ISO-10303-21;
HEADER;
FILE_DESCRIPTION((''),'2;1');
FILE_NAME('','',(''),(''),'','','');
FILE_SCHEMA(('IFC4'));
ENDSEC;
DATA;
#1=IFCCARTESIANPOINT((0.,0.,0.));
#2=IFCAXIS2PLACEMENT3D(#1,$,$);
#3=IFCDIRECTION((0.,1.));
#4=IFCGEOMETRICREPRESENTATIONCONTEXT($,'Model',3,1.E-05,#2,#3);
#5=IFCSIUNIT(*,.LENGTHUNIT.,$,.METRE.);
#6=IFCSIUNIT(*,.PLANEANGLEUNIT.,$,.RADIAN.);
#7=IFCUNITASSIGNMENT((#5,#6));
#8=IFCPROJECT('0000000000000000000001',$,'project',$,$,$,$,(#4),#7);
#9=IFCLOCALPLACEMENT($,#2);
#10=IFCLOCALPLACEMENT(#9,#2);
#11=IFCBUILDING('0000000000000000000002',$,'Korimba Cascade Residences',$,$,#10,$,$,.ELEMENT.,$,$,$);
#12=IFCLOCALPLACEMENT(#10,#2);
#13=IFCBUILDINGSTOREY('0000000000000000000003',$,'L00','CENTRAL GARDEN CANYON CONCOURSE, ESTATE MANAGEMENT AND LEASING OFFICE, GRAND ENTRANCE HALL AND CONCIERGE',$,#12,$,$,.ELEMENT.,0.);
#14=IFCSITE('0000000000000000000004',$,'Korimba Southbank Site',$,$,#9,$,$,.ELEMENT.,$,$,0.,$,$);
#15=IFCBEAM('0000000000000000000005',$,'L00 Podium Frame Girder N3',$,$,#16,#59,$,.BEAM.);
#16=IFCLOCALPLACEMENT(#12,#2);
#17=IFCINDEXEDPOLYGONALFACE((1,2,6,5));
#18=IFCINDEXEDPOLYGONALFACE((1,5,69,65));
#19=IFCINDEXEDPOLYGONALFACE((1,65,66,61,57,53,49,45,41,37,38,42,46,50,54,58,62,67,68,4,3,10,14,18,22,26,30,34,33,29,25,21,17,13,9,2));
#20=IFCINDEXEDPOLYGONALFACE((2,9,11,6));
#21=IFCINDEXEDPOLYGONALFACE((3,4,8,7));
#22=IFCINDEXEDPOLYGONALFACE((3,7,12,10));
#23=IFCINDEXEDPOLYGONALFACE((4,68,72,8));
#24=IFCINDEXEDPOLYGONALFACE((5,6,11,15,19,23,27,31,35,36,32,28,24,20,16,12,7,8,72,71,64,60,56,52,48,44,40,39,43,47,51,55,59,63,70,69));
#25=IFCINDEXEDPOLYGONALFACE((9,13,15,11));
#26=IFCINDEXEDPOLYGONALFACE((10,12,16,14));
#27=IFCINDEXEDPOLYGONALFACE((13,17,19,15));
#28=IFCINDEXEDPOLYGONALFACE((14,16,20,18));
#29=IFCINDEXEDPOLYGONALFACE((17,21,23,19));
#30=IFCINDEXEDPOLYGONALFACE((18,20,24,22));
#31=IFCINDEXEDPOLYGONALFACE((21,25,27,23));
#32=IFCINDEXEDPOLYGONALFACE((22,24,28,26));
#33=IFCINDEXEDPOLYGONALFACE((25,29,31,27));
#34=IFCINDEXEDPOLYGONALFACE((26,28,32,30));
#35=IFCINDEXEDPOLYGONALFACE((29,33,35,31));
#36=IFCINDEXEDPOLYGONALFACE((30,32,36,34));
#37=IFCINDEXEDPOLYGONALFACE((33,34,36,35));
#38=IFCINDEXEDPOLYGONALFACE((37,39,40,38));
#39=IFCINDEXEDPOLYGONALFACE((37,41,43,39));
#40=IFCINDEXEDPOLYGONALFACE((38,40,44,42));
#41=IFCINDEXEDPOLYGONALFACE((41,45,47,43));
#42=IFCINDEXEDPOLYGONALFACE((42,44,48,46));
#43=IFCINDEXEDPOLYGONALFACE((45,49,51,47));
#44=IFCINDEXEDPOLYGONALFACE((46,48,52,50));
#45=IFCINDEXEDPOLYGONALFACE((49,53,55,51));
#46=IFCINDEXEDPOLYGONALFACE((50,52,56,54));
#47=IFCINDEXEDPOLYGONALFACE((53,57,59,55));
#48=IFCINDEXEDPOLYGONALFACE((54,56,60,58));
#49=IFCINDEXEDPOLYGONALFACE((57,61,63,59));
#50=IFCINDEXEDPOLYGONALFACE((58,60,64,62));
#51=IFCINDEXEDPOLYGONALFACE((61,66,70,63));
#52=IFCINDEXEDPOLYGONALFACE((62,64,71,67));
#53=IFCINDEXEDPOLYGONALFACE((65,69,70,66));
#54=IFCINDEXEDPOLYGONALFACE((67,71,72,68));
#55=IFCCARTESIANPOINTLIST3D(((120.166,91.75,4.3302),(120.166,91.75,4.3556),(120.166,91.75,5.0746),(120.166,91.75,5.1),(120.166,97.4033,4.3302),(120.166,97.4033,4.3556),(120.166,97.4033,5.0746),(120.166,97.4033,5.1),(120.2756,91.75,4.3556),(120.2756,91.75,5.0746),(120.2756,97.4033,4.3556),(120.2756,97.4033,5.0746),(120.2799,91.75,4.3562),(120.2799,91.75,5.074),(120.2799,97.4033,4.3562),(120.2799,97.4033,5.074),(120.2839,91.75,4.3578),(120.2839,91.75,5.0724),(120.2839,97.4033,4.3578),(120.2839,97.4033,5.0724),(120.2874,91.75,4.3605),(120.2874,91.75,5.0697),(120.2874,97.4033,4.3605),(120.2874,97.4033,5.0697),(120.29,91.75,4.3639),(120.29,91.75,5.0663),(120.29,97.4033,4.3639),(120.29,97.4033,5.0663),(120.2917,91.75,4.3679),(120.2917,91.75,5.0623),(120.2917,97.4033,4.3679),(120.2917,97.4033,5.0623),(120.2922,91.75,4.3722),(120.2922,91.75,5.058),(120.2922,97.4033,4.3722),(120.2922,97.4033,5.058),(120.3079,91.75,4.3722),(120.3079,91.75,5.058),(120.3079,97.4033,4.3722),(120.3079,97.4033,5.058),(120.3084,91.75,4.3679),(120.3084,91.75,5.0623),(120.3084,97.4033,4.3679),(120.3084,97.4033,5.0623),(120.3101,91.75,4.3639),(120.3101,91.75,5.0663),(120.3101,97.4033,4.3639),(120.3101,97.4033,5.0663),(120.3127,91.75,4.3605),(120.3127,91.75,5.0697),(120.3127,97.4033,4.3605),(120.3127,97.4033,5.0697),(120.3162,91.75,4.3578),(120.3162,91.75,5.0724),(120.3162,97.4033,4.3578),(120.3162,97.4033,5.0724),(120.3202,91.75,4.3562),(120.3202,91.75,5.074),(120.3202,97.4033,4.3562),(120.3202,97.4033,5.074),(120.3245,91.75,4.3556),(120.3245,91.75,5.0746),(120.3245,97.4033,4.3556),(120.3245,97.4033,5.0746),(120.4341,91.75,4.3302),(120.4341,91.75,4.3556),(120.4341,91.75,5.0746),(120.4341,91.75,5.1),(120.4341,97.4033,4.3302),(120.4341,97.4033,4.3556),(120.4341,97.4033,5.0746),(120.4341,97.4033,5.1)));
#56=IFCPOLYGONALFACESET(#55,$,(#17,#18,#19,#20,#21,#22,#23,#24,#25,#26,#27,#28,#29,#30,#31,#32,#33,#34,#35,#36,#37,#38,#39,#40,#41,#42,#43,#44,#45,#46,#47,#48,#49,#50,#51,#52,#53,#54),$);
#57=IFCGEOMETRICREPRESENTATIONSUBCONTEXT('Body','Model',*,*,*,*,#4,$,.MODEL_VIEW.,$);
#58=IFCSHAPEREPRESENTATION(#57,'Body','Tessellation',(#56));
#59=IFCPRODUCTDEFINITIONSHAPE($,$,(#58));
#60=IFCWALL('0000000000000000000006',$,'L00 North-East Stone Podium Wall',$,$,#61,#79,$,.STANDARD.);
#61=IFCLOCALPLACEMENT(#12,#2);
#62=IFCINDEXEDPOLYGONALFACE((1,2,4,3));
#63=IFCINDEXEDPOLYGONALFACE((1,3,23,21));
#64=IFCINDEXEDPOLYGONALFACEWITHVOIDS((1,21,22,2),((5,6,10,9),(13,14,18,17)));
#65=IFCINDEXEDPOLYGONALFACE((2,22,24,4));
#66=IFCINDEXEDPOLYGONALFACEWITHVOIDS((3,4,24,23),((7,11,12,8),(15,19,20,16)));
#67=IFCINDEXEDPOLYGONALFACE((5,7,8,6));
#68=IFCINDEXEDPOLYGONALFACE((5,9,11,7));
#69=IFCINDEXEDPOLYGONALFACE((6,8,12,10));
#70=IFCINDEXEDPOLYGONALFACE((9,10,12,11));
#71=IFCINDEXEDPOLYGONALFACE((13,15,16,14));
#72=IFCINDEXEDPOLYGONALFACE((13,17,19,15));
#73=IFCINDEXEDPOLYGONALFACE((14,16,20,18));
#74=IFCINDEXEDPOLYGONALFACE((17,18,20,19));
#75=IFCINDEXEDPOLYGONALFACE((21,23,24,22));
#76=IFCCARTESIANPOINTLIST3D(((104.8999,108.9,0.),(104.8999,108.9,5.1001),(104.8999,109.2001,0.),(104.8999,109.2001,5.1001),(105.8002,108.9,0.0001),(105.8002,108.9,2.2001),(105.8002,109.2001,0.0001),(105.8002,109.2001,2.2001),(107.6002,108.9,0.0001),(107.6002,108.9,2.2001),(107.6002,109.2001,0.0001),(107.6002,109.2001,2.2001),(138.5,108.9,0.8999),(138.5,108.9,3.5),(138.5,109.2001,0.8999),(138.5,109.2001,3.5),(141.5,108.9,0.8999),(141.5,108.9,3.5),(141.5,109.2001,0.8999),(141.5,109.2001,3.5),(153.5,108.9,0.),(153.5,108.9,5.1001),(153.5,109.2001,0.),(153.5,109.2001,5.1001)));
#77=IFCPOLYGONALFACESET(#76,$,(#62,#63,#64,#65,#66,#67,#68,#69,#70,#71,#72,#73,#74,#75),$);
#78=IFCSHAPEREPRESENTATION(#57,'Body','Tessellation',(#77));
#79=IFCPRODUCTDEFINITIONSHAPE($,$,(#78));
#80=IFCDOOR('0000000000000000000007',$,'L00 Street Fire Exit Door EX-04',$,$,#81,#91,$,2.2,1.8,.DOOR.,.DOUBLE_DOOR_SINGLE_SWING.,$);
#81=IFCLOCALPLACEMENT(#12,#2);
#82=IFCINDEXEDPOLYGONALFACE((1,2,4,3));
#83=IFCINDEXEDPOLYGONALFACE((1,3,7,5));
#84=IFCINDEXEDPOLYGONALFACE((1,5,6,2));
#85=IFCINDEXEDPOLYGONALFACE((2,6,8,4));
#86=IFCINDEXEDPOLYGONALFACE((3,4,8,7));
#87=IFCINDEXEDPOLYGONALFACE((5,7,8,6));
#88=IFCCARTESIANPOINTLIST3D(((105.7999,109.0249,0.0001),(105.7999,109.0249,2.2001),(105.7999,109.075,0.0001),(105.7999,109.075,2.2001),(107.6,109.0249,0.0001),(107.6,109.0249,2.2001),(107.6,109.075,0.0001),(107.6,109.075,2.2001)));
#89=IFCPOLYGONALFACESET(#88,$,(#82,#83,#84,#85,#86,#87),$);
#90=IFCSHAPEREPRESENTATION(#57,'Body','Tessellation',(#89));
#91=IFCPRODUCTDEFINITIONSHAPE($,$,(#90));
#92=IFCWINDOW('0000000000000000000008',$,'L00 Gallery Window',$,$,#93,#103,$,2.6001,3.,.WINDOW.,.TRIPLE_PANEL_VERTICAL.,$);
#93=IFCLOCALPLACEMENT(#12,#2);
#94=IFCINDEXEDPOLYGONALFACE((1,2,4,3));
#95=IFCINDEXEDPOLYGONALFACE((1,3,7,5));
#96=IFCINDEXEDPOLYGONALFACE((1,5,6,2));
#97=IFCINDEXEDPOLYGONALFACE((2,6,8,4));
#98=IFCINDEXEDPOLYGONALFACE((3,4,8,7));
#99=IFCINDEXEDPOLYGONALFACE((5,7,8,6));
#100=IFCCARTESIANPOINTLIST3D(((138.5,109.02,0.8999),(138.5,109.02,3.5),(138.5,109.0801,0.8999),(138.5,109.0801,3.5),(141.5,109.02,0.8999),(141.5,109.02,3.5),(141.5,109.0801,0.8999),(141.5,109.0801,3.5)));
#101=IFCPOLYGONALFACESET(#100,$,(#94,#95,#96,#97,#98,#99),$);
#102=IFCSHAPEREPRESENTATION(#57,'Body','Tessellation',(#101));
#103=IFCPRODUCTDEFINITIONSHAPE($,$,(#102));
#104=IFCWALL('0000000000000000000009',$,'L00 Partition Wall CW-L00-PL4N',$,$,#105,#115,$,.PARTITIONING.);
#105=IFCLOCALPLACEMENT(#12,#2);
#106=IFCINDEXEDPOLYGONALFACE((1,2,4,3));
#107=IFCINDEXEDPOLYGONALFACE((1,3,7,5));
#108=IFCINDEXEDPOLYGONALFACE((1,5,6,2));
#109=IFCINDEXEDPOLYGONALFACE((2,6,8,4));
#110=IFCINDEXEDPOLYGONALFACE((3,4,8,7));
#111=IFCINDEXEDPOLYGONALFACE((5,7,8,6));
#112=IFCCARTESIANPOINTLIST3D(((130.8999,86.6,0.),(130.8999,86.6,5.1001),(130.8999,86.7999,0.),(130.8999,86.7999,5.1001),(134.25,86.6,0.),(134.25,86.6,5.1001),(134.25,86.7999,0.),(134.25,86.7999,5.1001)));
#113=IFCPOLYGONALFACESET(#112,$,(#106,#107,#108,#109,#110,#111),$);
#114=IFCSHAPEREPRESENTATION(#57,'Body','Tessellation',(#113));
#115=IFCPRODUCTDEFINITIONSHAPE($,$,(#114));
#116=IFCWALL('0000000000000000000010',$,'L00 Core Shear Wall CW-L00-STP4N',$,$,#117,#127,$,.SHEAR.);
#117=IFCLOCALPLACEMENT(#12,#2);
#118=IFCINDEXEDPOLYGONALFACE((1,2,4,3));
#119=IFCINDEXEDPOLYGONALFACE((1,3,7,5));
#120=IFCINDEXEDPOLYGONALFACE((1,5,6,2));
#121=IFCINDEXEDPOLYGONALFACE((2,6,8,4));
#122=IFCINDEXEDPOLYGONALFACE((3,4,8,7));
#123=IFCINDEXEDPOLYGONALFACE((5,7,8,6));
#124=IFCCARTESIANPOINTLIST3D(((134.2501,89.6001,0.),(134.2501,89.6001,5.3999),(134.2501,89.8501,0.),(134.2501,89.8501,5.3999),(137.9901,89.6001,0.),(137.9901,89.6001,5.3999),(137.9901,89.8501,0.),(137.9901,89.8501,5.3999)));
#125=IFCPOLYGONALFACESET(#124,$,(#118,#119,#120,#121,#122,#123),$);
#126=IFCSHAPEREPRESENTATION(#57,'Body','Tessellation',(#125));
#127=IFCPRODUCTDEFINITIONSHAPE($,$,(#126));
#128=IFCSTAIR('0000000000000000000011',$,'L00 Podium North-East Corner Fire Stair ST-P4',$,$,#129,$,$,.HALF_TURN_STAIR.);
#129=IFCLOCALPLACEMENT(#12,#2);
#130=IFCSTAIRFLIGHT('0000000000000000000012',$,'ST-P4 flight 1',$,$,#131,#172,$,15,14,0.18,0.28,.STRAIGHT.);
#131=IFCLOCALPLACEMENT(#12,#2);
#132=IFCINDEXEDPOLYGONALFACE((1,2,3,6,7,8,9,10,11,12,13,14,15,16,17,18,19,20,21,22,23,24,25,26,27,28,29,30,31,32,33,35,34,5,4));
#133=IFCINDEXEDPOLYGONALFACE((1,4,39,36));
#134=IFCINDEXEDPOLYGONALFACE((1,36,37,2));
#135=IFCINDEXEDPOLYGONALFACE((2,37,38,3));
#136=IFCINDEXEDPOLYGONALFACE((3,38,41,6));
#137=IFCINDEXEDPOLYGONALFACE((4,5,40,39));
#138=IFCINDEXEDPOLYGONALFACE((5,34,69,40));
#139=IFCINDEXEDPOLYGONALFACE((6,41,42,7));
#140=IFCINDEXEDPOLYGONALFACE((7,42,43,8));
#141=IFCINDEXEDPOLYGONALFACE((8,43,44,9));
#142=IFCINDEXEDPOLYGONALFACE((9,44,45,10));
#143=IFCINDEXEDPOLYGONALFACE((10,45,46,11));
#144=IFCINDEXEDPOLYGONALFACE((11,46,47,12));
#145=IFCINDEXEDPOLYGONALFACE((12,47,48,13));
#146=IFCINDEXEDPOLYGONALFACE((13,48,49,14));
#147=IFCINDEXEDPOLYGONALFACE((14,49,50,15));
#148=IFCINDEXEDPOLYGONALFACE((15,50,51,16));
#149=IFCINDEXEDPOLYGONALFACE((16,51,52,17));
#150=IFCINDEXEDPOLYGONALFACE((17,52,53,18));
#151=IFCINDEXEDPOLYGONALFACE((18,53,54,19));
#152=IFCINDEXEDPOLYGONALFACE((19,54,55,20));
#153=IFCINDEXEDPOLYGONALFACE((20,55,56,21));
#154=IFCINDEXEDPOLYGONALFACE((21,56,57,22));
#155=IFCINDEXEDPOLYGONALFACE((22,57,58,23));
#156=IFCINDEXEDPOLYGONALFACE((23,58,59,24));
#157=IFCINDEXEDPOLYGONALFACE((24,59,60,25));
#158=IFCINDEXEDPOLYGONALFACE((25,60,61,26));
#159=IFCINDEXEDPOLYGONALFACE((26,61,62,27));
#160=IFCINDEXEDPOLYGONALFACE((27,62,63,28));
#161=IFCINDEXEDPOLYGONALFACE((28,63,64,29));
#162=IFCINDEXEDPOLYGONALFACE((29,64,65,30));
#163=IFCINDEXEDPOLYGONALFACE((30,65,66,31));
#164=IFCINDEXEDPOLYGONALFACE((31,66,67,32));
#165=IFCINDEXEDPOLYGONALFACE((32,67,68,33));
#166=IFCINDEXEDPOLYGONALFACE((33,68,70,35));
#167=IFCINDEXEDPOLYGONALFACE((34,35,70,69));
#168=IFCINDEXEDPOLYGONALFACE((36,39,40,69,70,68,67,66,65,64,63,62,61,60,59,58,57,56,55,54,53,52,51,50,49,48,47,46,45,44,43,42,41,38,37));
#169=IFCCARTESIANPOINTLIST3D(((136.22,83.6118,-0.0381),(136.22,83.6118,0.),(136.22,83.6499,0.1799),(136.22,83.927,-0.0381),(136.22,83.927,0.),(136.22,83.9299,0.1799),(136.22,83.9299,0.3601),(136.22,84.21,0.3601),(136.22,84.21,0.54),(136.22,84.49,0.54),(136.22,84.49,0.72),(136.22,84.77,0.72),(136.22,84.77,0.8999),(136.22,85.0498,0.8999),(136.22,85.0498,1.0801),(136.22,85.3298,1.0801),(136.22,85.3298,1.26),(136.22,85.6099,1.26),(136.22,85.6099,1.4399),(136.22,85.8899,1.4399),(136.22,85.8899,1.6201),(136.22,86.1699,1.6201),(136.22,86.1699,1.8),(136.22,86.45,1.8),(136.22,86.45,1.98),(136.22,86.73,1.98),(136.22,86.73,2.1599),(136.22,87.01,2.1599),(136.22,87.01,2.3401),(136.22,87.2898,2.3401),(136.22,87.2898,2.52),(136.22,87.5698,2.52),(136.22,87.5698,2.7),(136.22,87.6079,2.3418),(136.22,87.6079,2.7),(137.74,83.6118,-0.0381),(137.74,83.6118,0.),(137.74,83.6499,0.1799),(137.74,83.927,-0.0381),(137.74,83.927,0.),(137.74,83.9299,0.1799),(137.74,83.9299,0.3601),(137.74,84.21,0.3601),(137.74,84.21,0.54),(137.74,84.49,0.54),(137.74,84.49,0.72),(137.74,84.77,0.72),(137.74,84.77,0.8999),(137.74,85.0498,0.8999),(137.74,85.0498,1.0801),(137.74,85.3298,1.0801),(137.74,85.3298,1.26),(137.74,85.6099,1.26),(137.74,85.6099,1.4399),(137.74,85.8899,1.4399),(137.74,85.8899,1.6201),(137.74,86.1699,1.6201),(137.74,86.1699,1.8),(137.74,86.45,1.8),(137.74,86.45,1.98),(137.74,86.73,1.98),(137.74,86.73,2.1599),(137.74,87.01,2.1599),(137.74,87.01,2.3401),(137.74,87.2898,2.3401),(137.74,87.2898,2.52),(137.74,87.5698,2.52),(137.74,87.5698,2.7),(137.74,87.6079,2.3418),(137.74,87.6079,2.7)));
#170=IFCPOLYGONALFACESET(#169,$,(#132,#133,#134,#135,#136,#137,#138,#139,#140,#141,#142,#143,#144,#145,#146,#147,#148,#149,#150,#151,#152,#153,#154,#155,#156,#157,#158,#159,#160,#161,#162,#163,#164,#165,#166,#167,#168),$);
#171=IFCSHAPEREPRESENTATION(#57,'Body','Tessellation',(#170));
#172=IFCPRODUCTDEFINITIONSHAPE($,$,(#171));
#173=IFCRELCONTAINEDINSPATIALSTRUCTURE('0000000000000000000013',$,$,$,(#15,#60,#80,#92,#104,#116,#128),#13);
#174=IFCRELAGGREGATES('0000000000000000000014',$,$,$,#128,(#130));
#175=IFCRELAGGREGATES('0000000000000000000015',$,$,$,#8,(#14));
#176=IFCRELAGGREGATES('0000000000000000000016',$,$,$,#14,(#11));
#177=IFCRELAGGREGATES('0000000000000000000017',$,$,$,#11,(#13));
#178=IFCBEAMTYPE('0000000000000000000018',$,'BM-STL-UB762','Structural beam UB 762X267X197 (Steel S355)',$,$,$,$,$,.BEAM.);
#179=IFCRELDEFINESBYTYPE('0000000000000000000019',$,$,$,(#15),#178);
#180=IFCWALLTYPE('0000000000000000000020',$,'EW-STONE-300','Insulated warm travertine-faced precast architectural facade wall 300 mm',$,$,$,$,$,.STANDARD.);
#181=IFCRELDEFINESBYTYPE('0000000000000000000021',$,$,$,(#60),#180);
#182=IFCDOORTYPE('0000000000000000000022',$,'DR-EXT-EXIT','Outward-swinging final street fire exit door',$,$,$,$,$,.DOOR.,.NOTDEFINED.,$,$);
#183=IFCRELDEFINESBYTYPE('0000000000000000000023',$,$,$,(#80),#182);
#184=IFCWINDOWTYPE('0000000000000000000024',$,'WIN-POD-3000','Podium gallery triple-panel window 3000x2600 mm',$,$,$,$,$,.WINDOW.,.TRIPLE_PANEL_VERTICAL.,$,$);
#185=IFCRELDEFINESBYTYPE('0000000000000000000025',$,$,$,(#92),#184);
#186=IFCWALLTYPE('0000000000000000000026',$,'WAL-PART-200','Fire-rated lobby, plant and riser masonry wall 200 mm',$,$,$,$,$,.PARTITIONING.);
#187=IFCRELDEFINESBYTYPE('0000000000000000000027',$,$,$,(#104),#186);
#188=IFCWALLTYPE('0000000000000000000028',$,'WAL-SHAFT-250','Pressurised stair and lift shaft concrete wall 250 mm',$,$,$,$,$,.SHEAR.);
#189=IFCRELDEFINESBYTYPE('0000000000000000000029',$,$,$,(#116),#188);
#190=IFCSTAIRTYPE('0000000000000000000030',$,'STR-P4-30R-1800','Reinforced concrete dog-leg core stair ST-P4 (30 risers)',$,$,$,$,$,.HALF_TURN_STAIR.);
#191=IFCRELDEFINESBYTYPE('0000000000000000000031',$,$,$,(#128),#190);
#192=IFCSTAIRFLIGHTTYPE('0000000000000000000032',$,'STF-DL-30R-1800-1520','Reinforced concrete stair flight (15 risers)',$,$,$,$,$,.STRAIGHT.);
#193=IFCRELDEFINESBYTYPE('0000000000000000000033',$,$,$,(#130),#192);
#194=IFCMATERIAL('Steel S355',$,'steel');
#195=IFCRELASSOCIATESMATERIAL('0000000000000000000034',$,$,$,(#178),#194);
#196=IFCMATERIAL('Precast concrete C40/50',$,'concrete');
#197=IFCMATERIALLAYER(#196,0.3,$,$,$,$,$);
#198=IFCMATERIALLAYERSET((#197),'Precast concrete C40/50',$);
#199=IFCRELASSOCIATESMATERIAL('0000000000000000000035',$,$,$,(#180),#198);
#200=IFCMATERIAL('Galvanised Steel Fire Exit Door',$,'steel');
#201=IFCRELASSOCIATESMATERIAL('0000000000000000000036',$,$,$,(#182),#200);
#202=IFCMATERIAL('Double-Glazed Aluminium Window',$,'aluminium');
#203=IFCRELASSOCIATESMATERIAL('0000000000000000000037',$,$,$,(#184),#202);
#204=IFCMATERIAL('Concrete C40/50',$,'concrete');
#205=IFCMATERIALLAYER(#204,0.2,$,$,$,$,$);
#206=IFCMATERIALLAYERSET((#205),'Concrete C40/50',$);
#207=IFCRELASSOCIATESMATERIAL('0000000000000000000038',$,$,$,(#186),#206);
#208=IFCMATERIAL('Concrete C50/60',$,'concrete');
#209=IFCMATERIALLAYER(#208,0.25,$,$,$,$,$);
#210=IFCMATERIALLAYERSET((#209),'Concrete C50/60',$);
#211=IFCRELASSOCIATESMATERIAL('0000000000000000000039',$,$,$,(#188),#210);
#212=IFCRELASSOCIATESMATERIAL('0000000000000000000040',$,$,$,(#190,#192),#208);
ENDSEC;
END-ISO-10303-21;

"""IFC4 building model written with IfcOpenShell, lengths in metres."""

from ifc_helpers import new_model, si_unit, direction, frame, frame_2d, origin, origin_2d, place, context, subcontext, project, spatial, polyline, rectangle, i_section, outline, extrude, material, layer, layer_set, material_profile, profile_set, type_object, element, fill, aggregate, save


model = new_model("IFC4")

# Units and contexts
model_context = context("Model", 3, precision=1e-05, world=origin(), true_north=direction((0.0, 1.0)))
body_context = subcontext(model_context, "Body", "Model", "MODEL_VIEW")
ifc_project = project(units=[si_unit("LENGTHUNIT", "METRE"), si_unit("PLANEANGLEUNIT", "RADIAN")], contexts=[model_context])

# Site, building, storey
site_placement = place(None, origin())
site = spatial("IfcSite", under=ifc_project, at=site_placement, Name="Korimba Southbank Site", CompositionType="ELEMENT", RefElevation=0.0)
building_placement = place(site_placement, origin())
building = spatial("IfcBuilding", under=site, at=building_placement, Name="Korimba Cascade Residences", CompositionType="ELEMENT")
storey_placement = place(building_placement, origin())
storey = spatial("IfcBuildingStorey", under=building, at=storey_placement, Name="L00", Description="CENTRAL GARDEN CANYON CONCOURSE, ESTATE MANAGEMENT AND LEASING OFFICE, GRAND ENTRANCE HALL AND CONCIERGE", CompositionType="ELEMENT", Elevation=0.0)

# Shared definitions
ifc_material_1 = material(Name="Steel S355", Category="steel")

# Beam
ifc_material_2 = material(Name="Concrete C50/60", Category="concrete")
ifc_material_profile_1 = material_profile(ifc_material_1, i_section(OverallWidth=0.2681, OverallDepth=0.7698, WebThickness=0.0156, FlangeThickness=0.0254, FilletRadius=0.0166, at=origin_2d()), Name="Steel S355")
ifc_profile_set_1 = profile_set([ifc_material_profile_1], Name="Steel S355")
beam_type_1 = type_object("IfcBeamType", Name="BM-STL-UB762", Description="Structural beam UB 762X267X197 (Steel S355)", PredefinedType="BEAM", material=ifc_profile_set_1)
beam_1_placement = place(storey_placement, frame((120.3, 91.75, 4.7151), z_axis=(0.0, 1.0, 0.0), x_axis=(-1.0, 0.0, 0.0)))
element("IfcBeam", 1, at=beam_1_placement, inside=storey, type_object=beam_type_1, Name="L00 Podium Frame Girder N3", PredefinedType="BEAM", context=body_context, shape_type="SweptSolid", body=[
    extrude(i_section(OverallWidth=0.2681, OverallDepth=0.7698, WebThickness=0.0156, FlangeThickness=0.0254, FilletRadius=0.0166, at=origin_2d()), origin(), (0.0, 0.0, 1.0), 5.6533),
])

# Wall, openings, door, window
ifc_material_3 = material(Name="Precast concrete C40/50", Category="concrete")
ifc_layer_1 = layer(ifc_material_3, 0.3)
ifc_layer_set_1 = layer_set([ifc_layer_1], Name="Precast concrete C40/50")
wall_type_1 = type_object("IfcWallType", Name="EW-STONE-300", Description="Insulated warm travertine-faced precast architectural facade wall 300 mm", PredefinedType="STANDARD", material=ifc_layer_set_1)
wall_1_placement = place(storey_placement, frame((153.5, 109.05, 0.0), z_axis=(0.0, 0.0, 1.0), x_axis=(-1.0, 0.0, 0.0)))
wall_1 = element("IfcWall", 2, at=wall_1_placement, inside=storey, type_object=wall_type_1, Name="L00 North-East Stone Podium Wall", PredefinedType="STANDARD", context=body_context, shape_type="SweptSolid", body=[
    extrude(rectangle(XDim=48.6001, YDim=0.3, at=frame_2d((24.3, 0.0))), origin(), (0.0, 0.0, 1.0), 5.1001),
])
opening_1_placement = place(wall_1_placement, frame((45.8999, 0.0, 0.0)))
opening_1 = element("IfcOpeningElement", 3, at=opening_1_placement, cuts=wall_1, PredefinedType="OPENING", context=body_context, shape_type="SweptSolid", body=[
    extrude(rectangle(XDim=1.8, YDim=2.2, at=frame_2d((0.8999, 1.1001))), frame((0.0, 0.1602, 0.0), z_axis=(0.0, -1.0, 0.0), x_axis=(1.0, 0.0, 0.0)), (0.0, 0.0, 1.0), 0.3201),
])
opening_2_placement = place(wall_1_placement, frame((12.0, 0.0, 0.8999)))
opening_2 = element("IfcOpeningElement", 4, at=opening_2_placement, cuts=wall_1, PredefinedType="OPENING", context=body_context, shape_type="SweptSolid", body=[
    extrude(rectangle(XDim=3.0, YDim=2.6001, at=frame_2d((1.5, 1.3))), frame((0.0, 0.1602, 0.0), z_axis=(0.0, -1.0, 0.0), x_axis=(1.0, 0.0, 0.0)), (0.0, 0.0, 1.0), 0.3201),
])
ifc_material_4 = material(Name="Galvanised Steel Fire Exit Door", Category="steel")
door_type = type_object("IfcDoorType", Name="DR-EXT-EXIT", Description="Outward-swinging final street fire exit door", OperationType="NOTDEFINED", PredefinedType="DOOR", material=ifc_material_4)
door_placement = place(opening_1_placement, frame((1.8, 0.0, 0.0), z_axis=(0.0, 0.0, 1.0), x_axis=(-1.0, 0.0, 0.0)))
door = element("IfcDoor", 5, at=door_placement, inside=storey, type_object=door_type, Name="L00 Street Fire Exit Door EX-04", OperationType="DOUBLE_DOOR_SINGLE_SWING", OverallHeight=2.2, OverallWidth=1.8, PredefinedType="DOOR", context=body_context, shape_type="SweptSolid", body=[
    extrude(rectangle(XDim=1.8, YDim=2.2, at=frame_2d((0.8999, 1.1001))), frame((0.0, 0.0249, 0.0), z_axis=(0.0, -1.0, 0.0), x_axis=(1.0, 0.0, 0.0)), (0.0, 0.0, 1.0), 0.05),
])
fill(opening_1, door)
ifc_material_5 = material(Name="Double-Glazed Aluminium Window", Category="aluminium")
window_type = type_object("IfcWindowType", Name="WIN-POD-3000", Description="Podium gallery triple-panel window 3000x2600 mm", PartitioningType="TRIPLE_PANEL_VERTICAL", PredefinedType="WINDOW", material=ifc_material_5)
window_placement = place(opening_2_placement, origin())
window = element("IfcWindow", 6, at=window_placement, inside=storey, type_object=window_type, Name="L00 Gallery Window", OverallHeight=2.6001, OverallWidth=3.0, PartitioningType="TRIPLE_PANEL_VERTICAL", PredefinedType="WINDOW", context=body_context, shape_type="SweptSolid", body=[
    extrude(rectangle(XDim=3.0, YDim=2.6001, at=frame_2d((1.5, 1.3))), frame((0.0, 0.03, 0.0), z_axis=(0.0, -1.0, 0.0), x_axis=(1.0, 0.0, 0.0)), (0.0, 0.0, 1.0), 0.0601),
])
fill(opening_2, window)

# Walls
ifc_material_6 = material(Name="Concrete C40/50", Category="concrete")
ifc_layer_2 = layer(ifc_material_6, 0.2)
ifc_layer_set_2 = layer_set([ifc_layer_2], Name="Concrete C40/50")
wall_type_2 = type_object("IfcWallType", Name="WAL-PART-200", Description="Fire-rated lobby, plant and riser masonry wall 200 mm", PredefinedType="PARTITIONING", material=ifc_layer_set_2)
wall_2_placement = place(storey_placement, frame((130.8999, 86.7, 0.0), z_axis=(0.0, 0.0, 1.0), x_axis=(1.0, 0.0, 0.0)))
element("IfcWall", 7, at=wall_2_placement, inside=storey, type_object=wall_type_2, Name="L00 Partition Wall CW-L00-PL4N", PredefinedType="PARTITIONING", context=body_context, shape_type="SweptSolid", body=[
    extrude(rectangle(XDim=3.3501, YDim=0.2, at=frame_2d((1.675, 0.0))), origin(), (0.0, 0.0, 1.0), 5.1001),
])
ifc_layer_3 = layer(ifc_material_2, 0.25)
ifc_layer_set_3 = layer_set([ifc_layer_3], Name="Concrete C50/60")
wall_type_3 = type_object("IfcWallType", Name="WAL-SHAFT-250", Description="Pressurised stair and lift shaft concrete wall 250 mm", PredefinedType="SHEAR", material=ifc_layer_set_3)
wall_3_placement = place(storey_placement, frame((134.25, 89.7251, 0.0), z_axis=(0.0, 0.0, 1.0), x_axis=(1.0, 0.0, 0.0)))
element("IfcWall", 8, at=wall_3_placement, inside=storey, type_object=wall_type_3, Name="L00 Core Shear Wall CW-L00-STP4N", PredefinedType="SHEAR", context=body_context, shape_type="SweptSolid", body=[
    extrude(rectangle(XDim=3.74, YDim=0.25, at=frame_2d((1.8701, 0.0))), origin(), (0.0, 0.0, 1.0), 5.3999),
])

# Stair, stair flight
stair_type = type_object("IfcStairType", Name="STR-P4-30R-1800", Description="Reinforced concrete dog-leg core stair ST-P4 (30 risers)", PredefinedType="HALF_TURN_STAIR", material=ifc_material_2)
stair_placement = place(storey_placement, origin())
stair = element("IfcStair", 9, at=stair_placement, inside=storey, type_object=stair_type, Name="L00 Podium North-East Corner Fire Stair ST-P4", PredefinedType="HALF_TURN_STAIR")
stair_flight_type = type_object("IfcStairFlightType", Name="STF-DL-30R-1800-1520", Description="Reinforced concrete stair flight (15 risers)", PredefinedType="STRAIGHT", material=ifc_material_2)
stair_flight_1_placement = place(storey_placement, frame((136.98, 83.6499, 0.0), z_axis=(0.0, 0.0, 1.0), x_axis=(0.0, 1.0, 0.0)))
stair_flight_1 = element("IfcStairFlight", 10, at=stair_flight_1_placement, type_object=stair_flight_type, Name="ST-P4 flight 1", NumberOfRisers=15, NumberOfTreads=14, PredefinedType="STRAIGHT", RiserHeight=0.18, TreadLength=0.28, context=body_context, shape_type="SweptSolid", body=[
    extrude(outline(polyline([(-0.0381, 0.0), (0.0, 0.1799), (0.28, 0.1799), (0.28, 0.3601), (0.5601, 0.3601), (0.5601, 0.54), (0.8401, 0.54), (0.8401, 0.72), (1.1201, 0.72), (1.1201, 0.8999), (1.3999, 0.8999), (1.3999, 1.0801), (1.6799, 1.0801), (1.6799, 1.26), (1.96, 1.26), (1.96, 1.4399), (2.24, 1.4399), (2.24, 1.6201), (2.52, 1.6201), (2.52, 1.8), (2.8, 1.8), (2.8, 1.98), (3.0801, 1.98), (3.0801, 2.1599), (3.3601, 2.1599), (3.3601, 2.3401), (3.6399, 2.3401), (3.6399, 2.52), (3.9199, 2.52), (3.9199, 2.7), (3.958, 2.7), (3.958, 2.3418), (0.2771, 0.0), (0.2771, -0.0381), (-0.0381, -0.0381), (-0.0381, 0.0)])), frame((0.0, 0.76, 0.0), z_axis=(0.0, -1.0, 0.0), x_axis=(1.0, 0.0, 0.0)), (0.0, 0.0, 1.0), 1.52),
])
aggregate(stair, [stair_flight_1])

save(model, "model.ifc")
